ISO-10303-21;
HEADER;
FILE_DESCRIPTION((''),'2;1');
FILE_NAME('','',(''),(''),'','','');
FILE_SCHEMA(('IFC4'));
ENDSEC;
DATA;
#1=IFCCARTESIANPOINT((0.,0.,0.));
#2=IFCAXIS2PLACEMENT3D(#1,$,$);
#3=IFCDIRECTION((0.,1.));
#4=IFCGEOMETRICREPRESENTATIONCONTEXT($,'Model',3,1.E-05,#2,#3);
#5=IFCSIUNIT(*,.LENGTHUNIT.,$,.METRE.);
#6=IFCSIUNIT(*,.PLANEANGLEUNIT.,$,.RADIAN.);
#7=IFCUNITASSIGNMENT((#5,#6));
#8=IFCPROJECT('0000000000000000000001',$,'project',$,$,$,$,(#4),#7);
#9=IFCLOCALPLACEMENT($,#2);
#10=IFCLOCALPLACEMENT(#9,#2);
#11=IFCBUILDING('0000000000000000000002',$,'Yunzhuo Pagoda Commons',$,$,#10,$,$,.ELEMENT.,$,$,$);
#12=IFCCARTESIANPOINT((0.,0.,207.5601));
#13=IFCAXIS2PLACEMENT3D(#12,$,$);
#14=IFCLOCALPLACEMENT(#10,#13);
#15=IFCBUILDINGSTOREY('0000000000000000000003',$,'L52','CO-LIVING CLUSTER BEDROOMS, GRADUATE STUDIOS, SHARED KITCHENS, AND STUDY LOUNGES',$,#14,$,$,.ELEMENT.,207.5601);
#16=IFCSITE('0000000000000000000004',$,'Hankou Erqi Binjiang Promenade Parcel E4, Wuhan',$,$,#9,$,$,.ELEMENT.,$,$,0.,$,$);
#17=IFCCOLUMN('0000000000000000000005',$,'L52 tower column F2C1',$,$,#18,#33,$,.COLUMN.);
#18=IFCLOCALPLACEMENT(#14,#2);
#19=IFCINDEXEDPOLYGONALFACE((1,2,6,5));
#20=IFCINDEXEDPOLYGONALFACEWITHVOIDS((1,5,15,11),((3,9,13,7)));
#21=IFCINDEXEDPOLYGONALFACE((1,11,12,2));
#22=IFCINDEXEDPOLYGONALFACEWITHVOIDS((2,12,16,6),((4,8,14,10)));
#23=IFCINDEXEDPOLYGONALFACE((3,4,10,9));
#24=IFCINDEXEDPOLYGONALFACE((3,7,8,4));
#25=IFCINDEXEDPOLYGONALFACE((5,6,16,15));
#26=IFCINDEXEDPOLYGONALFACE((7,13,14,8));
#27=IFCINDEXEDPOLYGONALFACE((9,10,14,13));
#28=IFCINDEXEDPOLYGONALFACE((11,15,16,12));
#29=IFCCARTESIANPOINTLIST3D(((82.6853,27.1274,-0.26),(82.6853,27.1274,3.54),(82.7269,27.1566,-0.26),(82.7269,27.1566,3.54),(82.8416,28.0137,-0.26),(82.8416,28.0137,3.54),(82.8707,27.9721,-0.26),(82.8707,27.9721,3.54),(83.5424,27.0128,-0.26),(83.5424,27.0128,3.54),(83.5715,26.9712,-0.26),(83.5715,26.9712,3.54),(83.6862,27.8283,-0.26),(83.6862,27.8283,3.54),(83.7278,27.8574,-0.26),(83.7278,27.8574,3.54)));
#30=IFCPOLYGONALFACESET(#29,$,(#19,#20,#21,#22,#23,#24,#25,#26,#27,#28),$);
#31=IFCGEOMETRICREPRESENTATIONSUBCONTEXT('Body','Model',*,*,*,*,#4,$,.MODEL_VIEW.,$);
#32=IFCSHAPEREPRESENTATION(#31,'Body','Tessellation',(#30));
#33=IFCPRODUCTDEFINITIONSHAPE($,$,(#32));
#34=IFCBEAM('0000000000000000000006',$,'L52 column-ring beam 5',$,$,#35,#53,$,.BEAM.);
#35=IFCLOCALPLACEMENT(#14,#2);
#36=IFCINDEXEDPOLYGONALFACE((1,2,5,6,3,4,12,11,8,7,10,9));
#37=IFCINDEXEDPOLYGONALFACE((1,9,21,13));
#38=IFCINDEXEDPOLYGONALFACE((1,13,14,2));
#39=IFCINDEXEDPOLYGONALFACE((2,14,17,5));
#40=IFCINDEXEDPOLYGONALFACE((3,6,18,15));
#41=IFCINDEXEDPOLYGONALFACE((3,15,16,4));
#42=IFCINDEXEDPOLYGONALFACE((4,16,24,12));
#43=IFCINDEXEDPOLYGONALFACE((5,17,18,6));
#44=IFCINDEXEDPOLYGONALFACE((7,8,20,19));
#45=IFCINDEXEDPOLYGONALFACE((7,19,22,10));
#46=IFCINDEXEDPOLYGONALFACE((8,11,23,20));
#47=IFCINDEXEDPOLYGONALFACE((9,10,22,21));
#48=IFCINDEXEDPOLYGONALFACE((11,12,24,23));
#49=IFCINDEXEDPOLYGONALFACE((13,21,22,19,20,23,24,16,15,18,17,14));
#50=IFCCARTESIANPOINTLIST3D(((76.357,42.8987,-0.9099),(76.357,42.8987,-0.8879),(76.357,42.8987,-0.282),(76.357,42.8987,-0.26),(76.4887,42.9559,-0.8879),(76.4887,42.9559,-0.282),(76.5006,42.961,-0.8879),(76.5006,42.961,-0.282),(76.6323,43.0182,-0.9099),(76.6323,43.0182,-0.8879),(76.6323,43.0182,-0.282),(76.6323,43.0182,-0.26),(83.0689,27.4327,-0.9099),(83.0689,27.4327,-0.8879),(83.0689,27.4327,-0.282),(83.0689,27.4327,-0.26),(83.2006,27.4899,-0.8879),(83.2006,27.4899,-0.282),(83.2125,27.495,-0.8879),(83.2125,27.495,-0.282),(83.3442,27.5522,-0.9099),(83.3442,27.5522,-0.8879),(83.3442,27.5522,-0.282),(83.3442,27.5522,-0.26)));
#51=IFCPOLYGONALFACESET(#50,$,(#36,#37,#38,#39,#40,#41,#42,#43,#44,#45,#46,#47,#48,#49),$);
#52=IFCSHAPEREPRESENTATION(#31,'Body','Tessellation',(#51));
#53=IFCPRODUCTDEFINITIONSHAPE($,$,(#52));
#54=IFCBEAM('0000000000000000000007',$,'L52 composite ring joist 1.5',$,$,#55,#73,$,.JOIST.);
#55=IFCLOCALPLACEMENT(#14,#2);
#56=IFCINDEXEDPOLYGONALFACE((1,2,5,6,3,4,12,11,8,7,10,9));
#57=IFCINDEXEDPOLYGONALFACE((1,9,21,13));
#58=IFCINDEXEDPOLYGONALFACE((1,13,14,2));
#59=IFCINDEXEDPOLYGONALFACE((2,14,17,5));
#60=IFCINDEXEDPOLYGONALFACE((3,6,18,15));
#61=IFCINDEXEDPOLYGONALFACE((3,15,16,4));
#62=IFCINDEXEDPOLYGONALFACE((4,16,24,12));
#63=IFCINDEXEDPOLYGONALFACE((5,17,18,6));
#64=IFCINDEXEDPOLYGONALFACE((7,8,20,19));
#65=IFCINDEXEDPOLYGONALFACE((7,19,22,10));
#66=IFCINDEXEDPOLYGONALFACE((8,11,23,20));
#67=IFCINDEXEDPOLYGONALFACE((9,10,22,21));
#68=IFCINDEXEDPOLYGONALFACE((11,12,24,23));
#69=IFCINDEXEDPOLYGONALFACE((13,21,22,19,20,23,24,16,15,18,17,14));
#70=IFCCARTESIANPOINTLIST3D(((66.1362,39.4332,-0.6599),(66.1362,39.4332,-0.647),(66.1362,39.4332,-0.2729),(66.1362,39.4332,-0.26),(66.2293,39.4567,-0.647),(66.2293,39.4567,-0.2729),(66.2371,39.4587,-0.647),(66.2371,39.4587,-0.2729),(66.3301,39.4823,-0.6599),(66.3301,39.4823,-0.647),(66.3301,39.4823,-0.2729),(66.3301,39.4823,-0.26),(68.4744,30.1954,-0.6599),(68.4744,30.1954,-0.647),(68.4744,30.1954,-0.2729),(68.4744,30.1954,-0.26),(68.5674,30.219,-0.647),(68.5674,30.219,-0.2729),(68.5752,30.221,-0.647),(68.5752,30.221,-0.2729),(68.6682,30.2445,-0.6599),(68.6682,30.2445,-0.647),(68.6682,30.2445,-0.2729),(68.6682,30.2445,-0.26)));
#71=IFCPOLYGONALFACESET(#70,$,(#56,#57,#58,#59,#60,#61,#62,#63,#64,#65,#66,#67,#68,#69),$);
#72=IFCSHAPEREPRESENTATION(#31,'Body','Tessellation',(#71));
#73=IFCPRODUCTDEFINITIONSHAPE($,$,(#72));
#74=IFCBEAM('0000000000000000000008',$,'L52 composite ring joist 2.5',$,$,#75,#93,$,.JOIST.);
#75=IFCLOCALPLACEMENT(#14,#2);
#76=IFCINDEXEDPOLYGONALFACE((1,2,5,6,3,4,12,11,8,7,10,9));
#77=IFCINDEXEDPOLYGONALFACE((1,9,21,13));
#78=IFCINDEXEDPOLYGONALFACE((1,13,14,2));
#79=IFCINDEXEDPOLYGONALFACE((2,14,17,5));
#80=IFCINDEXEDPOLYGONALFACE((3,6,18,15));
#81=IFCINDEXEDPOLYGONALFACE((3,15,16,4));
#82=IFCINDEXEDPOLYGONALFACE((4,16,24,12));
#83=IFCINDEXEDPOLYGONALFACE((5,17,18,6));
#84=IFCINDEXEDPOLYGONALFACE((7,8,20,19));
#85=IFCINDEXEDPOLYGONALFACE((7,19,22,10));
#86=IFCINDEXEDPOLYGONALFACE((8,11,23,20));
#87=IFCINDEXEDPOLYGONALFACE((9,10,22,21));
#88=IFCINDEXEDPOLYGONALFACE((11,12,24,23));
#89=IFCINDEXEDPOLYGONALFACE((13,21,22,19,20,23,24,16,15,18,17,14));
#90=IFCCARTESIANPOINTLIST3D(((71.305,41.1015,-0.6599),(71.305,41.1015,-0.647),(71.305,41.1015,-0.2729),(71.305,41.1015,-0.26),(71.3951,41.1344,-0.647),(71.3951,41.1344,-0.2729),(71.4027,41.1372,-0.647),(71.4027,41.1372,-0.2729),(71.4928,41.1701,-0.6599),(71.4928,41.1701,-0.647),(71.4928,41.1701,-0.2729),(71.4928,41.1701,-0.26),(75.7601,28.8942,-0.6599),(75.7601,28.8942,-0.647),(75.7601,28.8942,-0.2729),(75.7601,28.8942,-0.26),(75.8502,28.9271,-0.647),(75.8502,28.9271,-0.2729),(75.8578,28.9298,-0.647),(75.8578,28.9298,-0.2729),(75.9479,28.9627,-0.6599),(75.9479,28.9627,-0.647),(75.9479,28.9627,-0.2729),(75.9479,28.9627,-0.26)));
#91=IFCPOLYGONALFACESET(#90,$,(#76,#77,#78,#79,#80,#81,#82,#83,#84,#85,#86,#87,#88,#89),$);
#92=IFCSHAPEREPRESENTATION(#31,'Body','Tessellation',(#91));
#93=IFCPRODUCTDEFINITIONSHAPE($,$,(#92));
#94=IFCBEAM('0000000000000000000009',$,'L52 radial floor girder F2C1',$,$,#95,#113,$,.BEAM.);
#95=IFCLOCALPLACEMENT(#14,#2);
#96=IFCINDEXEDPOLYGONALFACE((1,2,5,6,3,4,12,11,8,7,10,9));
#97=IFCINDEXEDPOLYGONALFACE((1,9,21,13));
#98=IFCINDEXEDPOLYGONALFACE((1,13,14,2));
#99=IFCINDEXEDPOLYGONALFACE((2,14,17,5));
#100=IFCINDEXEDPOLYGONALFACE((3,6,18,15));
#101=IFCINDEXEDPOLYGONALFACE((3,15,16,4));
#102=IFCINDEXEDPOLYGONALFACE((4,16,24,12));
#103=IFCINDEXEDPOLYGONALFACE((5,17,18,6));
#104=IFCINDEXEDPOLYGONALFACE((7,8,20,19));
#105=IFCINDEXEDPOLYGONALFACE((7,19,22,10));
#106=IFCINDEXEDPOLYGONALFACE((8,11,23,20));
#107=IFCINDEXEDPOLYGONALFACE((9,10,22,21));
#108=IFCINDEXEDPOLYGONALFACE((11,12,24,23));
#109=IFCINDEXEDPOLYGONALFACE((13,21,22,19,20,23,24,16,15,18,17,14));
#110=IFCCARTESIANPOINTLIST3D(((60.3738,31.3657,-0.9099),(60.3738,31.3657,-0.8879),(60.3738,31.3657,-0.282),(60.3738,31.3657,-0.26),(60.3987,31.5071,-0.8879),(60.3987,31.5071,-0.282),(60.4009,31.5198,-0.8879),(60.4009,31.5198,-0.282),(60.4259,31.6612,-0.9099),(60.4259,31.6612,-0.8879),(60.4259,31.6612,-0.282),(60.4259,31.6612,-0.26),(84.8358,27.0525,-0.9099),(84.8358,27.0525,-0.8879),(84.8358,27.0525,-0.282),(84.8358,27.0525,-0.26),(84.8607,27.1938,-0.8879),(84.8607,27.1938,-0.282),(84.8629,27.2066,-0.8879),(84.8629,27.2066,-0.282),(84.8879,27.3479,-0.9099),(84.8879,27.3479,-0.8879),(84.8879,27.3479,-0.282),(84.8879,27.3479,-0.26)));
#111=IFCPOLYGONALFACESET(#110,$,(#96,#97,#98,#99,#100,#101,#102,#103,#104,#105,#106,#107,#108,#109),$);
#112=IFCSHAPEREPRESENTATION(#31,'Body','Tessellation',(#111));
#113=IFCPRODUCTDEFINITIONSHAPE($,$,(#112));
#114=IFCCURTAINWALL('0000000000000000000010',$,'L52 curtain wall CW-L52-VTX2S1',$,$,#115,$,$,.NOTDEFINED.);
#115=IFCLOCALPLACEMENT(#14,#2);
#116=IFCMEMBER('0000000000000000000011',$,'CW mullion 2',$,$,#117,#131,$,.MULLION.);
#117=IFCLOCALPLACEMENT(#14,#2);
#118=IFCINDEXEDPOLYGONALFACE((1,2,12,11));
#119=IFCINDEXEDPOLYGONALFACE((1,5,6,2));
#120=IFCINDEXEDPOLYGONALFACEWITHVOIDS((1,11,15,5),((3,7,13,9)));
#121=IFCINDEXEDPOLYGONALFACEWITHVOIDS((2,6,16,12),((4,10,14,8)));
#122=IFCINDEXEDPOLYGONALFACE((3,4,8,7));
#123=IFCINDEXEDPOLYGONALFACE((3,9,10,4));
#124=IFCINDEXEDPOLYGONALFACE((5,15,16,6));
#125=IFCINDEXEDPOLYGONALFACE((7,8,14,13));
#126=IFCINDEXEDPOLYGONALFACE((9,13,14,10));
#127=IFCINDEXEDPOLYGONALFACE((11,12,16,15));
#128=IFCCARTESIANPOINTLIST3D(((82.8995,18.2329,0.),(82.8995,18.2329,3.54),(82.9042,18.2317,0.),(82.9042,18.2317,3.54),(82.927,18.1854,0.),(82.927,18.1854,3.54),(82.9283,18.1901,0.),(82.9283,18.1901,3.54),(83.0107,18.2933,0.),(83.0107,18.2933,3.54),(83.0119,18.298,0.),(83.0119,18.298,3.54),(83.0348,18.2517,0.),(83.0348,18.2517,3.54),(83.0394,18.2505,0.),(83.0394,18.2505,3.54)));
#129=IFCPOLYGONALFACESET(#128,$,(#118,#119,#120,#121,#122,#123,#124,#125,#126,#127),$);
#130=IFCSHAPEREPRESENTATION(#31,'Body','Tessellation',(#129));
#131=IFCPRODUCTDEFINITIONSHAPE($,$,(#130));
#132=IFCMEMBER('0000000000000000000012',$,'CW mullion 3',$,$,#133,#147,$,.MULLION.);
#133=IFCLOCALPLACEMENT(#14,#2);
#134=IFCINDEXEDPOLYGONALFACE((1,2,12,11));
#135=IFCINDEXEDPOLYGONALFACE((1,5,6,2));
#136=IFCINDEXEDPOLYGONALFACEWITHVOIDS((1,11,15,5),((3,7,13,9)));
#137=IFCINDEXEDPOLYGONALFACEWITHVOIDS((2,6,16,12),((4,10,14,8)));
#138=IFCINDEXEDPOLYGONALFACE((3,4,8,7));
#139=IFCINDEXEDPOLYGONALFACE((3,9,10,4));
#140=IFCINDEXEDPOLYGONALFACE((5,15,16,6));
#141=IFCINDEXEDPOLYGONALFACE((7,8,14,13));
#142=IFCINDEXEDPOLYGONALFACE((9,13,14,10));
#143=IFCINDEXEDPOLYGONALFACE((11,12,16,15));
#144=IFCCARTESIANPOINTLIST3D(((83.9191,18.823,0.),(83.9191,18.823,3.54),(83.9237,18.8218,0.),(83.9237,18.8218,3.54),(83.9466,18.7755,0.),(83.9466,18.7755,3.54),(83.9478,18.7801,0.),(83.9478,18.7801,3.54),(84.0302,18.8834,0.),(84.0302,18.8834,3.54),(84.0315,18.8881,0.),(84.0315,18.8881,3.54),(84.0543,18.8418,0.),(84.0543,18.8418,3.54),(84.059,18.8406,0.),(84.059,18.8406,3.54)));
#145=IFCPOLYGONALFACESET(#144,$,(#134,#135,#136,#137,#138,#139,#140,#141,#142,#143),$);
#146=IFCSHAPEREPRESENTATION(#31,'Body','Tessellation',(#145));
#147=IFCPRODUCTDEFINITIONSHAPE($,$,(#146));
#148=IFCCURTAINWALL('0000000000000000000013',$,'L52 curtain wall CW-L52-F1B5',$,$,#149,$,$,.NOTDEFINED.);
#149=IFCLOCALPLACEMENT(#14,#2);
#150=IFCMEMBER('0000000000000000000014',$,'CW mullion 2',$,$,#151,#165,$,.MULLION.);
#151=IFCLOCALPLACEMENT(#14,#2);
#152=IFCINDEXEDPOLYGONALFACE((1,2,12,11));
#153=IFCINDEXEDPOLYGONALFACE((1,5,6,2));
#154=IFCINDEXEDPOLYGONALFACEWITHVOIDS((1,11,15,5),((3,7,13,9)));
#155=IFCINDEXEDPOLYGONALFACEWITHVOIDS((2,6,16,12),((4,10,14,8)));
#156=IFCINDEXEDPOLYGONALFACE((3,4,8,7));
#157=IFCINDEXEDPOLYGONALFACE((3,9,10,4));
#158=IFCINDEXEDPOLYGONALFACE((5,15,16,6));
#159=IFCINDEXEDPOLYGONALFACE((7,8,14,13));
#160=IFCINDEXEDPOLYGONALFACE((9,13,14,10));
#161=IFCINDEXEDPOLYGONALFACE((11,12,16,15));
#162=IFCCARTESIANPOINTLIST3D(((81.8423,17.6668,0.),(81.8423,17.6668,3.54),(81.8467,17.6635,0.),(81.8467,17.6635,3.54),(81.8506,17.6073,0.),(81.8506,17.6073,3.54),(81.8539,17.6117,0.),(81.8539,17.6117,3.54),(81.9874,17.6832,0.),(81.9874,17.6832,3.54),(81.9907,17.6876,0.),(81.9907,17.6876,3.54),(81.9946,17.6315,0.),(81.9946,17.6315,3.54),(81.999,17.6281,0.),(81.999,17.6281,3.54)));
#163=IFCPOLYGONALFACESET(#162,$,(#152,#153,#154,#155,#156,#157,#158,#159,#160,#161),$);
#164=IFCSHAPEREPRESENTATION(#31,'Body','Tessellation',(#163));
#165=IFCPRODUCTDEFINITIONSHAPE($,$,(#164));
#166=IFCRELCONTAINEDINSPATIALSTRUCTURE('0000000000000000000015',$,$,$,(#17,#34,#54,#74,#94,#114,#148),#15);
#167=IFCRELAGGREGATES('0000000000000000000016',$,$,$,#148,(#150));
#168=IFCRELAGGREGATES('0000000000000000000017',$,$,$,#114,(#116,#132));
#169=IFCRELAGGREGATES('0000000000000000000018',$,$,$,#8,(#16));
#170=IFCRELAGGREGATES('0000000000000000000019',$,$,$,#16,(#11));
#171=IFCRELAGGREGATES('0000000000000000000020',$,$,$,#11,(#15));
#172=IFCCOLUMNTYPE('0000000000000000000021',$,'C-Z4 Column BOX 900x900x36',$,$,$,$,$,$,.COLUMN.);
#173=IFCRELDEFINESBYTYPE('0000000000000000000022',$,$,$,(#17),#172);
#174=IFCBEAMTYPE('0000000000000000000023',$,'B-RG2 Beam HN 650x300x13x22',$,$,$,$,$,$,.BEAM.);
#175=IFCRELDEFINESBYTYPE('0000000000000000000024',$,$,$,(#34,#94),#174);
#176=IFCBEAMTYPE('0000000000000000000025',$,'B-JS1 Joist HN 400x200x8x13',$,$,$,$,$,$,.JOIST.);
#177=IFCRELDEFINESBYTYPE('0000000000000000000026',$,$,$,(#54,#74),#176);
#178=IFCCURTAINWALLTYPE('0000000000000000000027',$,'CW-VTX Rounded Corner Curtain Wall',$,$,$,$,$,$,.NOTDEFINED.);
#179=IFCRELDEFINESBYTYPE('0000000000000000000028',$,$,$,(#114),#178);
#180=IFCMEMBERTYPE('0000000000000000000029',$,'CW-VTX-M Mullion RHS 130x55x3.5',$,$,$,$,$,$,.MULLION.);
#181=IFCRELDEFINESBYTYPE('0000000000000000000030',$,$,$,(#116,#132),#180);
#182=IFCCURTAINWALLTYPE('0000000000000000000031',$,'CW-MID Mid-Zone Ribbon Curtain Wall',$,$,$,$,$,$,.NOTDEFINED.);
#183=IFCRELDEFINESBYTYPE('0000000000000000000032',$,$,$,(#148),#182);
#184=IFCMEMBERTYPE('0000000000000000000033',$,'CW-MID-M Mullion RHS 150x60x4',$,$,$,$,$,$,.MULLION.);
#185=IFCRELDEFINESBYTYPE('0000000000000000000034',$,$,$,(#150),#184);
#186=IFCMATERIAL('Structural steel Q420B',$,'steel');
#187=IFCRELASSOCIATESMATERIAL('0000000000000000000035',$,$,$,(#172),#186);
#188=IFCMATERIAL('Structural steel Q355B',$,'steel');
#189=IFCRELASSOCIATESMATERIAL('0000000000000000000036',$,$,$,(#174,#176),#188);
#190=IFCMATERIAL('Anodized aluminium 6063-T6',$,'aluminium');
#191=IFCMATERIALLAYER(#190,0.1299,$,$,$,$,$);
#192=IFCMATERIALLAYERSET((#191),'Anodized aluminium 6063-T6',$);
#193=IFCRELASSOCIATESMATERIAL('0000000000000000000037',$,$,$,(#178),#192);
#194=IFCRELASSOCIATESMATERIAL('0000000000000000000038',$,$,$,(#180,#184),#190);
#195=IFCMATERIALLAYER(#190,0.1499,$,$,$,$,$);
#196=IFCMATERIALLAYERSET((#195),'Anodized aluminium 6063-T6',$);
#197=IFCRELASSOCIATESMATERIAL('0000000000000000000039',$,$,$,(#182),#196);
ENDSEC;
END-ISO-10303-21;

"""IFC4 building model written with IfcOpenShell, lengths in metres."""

from ifc_helpers import new_model, si_unit, direction, frame, origin, origin_2d, place, context, subcontext, project, spatial, hollow_rectangle, i_section, extrude, source, transform, mapped, material, layer, layer_set, material_profile, profile_set, type_object, element, aggregate, save


model = new_model("IFC4")

# Units and contexts
model_context = context("Model", 3, precision=1e-05, world=origin(), true_north=direction((0.0, 1.0)))
body_context = subcontext(model_context, "Body", "Model", "MODEL_VIEW")
ifc_project = project(units=[si_unit("LENGTHUNIT", "METRE"), si_unit("PLANEANGLEUNIT", "RADIAN")], contexts=[model_context])

# Site, building, storey
site_placement = place(None, origin())
site = spatial("IfcSite", under=ifc_project, at=site_placement, Name="Hankou Erqi Binjiang Promenade Parcel E4, Wuhan", CompositionType="ELEMENT", RefElevation=0.0)
building_placement = place(site_placement, origin())
building = spatial("IfcBuilding", under=site, at=building_placement, Name="Yunzhuo Pagoda Commons", CompositionType="ELEMENT")
storey_placement = place(building_placement, frame((0.0, 0.0, 207.5601)))
storey = spatial("IfcBuildingStorey", under=building, at=storey_placement, Name="L52", Description="CO-LIVING CLUSTER BEDROOMS, GRADUATE STUDIOS, SHARED KITCHENS, AND STUDY LOUNGES", CompositionType="ELEMENT", Elevation=207.5601)

# Column
ifc_material_1 = material(Name="Structural steel Q420B", Category="steel")
ifc_material_profile_1 = material_profile(ifc_material_1, hollow_rectangle(XDim=0.8999, YDim=0.8999, WallThickness=0.0359, at=origin_2d()), Name="Structural steel Q420B")
ifc_profile_set_1 = profile_set([ifc_material_profile_1], Name="Structural steel Q420B")
column_type = type_object("IfcColumnType", Name="C-Z4 Column BOX 900x900x36", PredefinedType="COLUMN", material=ifc_profile_set_1)
shared_shape_1 = source(origin(), body_context, "Body", "SweptSolid", [
    extrude(hollow_rectangle(XDim=0.8999, YDim=0.8999, WallThickness=0.0359, at=origin_2d()), origin(), (0.0, 0.0, 1.0), 3.8),
])
column_placement = place(storey_placement, frame((83.2065, 27.4924, -0.26), z_axis=(0.0, 0.0, 1.0), x_axis=(0.173648, 0.984808, 0.0)))
element("IfcColumn", 1, at=column_placement, inside=storey, type_object=column_type, Name="L52 tower column F2C1", PredefinedType="COLUMN", context=body_context, shape_type="MappedRepresentation", body=[
    mapped(shared_shape_1, transform((0.0, 0.0, 0.0), scale=1.0)),
])

# Beams
ifc_material_2 = material(Name="Structural steel Q355B", Category="steel")
ifc_material_profile_2 = material_profile(ifc_material_2, i_section(OverallWidth=0.3, OverallDepth=0.6499, WebThickness=0.0129, FlangeThickness=0.022, at=origin_2d()), Name="Structural steel Q355B")
ifc_profile_set_2 = profile_set([ifc_material_profile_2], Name="Structural steel Q355B")
beam_type_1 = type_object("IfcBeamType", Name="B-RG2 Beam HN 650x300x13x22", PredefinedType="BEAM", material=ifc_profile_set_2)
shared_shape_2 = source(origin(), body_context, "Body", "SweptSolid", [
    extrude(i_section(OverallWidth=0.3, OverallDepth=0.6499, WebThickness=0.0129, FlangeThickness=0.022, at=origin_2d()), origin(), (0.0, 0.0, 1.0), 16.8596),
])
beam_1_placement = place(storey_placement, frame((83.2065, 27.4924, -0.585), z_axis=(-0.398104, 0.91734, 0.0), x_axis=(-0.91734, -0.398104, 0.0)))
element("IfcBeam", 2, at=beam_1_placement, inside=storey, type_object=beam_type_1, Name="L52 column-ring beam 5", PredefinedType="BEAM", context=body_context, shape_type="MappedRepresentation", body=[
    mapped(shared_shape_2, transform((0.0, 0.0, 0.0), scale=1.0)),
])
ifc_material_profile_3 = material_profile(ifc_material_2, i_section(OverallWidth=0.2, OverallDepth=0.3999, WebThickness=0.0081, FlangeThickness=0.0129, at=origin_2d()), Name="Structural steel Q355B")
ifc_profile_set_3 = profile_set([ifc_material_profile_3], Name="Structural steel Q355B")
beam_type_2 = type_object("IfcBeamType", Name="B-JS1 Joist HN 400x200x8x13", PredefinedType="JOIST", material=ifc_profile_set_3)
shared_shape_3 = source(origin(), body_context, "Body", "SweptSolid", [
    extrude(i_section(OverallWidth=0.2, OverallDepth=0.3999, WebThickness=0.0081, FlangeThickness=0.0129, at=origin_2d()), origin(), (0.0, 0.0, 1.0), 9.5291),
])
beam_2_placement = place(storey_placement, frame((68.5713, 30.22, -0.46), z_axis=(-0.245368, 0.96943, 0.0), x_axis=(-0.96943, -0.245368, 0.0)))
element("IfcBeam", 3, at=beam_2_placement, inside=storey, type_object=beam_type_2, Name="L52 composite ring joist 1.5", PredefinedType="JOIST", context=body_context, shape_type="MappedRepresentation", body=[
    mapped(shared_shape_3, transform((0.0, 0.0, 0.0), scale=1.0)),
])
shared_shape_4 = source(origin(), body_context, "Body", "SweptSolid", [
    extrude(i_section(OverallWidth=0.2, OverallDepth=0.3999, WebThickness=0.0081, FlangeThickness=0.0129, at=origin_2d()), origin(), (0.0, 0.0, 1.0), 12.9949),
])
beam_3_placement = place(storey_placement, frame((75.854, 28.9285, -0.46), z_axis=(-0.342835, 0.939396, 0.0), x_axis=(-0.939396, -0.342835, 0.0)))
element("IfcBeam", 4, at=beam_3_placement, inside=storey, type_object=beam_type_2, Name="L52 composite ring joist 2.5", PredefinedType="JOIST", context=body_context, shape_type="MappedRepresentation", body=[
    mapped(shared_shape_4, transform((0.0, 0.0, 0.0), scale=1.0)),
])
shared_shape_5 = source(origin(), body_context, "Body", "SweptSolid", [
    extrude(i_section(OverallWidth=0.3, OverallDepth=0.6499, WebThickness=0.0129, FlangeThickness=0.022, at=origin_2d()), origin(), (0.0, 0.0, 1.0), 24.8394),
])
beam_4_placement = place(storey_placement, frame((84.8618, 27.2002, -0.585), z_axis=(-0.984808, 0.173646, 0.0), x_axis=(-0.173646, -0.984808, 0.0)))
element("IfcBeam", 5, at=beam_4_placement, inside=storey, type_object=beam_type_1, Name="L52 radial floor girder F2C1", PredefinedType="BEAM", context=body_context, shape_type="MappedRepresentation", body=[
    mapped(shared_shape_5, transform((0.0, 0.0, 0.0), scale=1.0)),
])

# Curtain walls, members
ifc_material_3 = material(Name="Anodized aluminium 6063-T6", Category="aluminium")
ifc_layer_1 = layer(ifc_material_3, 0.1299)
ifc_layer_set_1 = layer_set([ifc_layer_1], Name="Anodized aluminium 6063-T6")
curtain_wall_type_1 = type_object("IfcCurtainWallType", Name="CW-VTX Rounded Corner Curtain Wall", PredefinedType="NOTDEFINED", material=ifc_layer_set_1)
curtain_wall_1_placement = place(storey_placement, origin())
curtain_wall_1 = element("IfcCurtainWall", 6, at=curtain_wall_1_placement, inside=storey, type_object=curtain_wall_type_1, Name="L52 curtain wall CW-L52-VTX2S1", PredefinedType="NOTDEFINED")
ifc_material_profile_4 = material_profile(ifc_material_3, hollow_rectangle(XDim=0.0549, YDim=0.1299, WallThickness=0.0034, at=origin_2d()), Name="Anodized aluminium 6063-T6")
ifc_profile_set_4 = profile_set([ifc_material_profile_4], Name="Anodized aluminium 6063-T6")
member_type_1 = type_object("IfcMemberType", Name="CW-VTX-M Mullion RHS 130x55x3.5", PredefinedType="MULLION", material=ifc_profile_set_4)
shared_shape_6 = source(origin(), body_context, "Body", "SweptSolid", [
    extrude(hollow_rectangle(XDim=0.0549, YDim=0.1299, WallThickness=0.0034, at=origin_2d()), origin(), (0.0, 0.0, 1.0), 3.54),
])
member_1_placement = place(storey_placement, frame((82.9695, 18.2417, 0.0), z_axis=(0.0, 0.0, 1.0), x_axis=(-0.501037, 0.865426, 0.0)))
member_1 = element("IfcMember", 7, at=member_1_placement, type_object=member_type_1, Name="CW mullion 2", PredefinedType="MULLION", context=body_context, shape_type="MappedRepresentation", body=[
    mapped(shared_shape_6, transform((0.0, 0.0, 0.0), scale=1.0)),
])
member_2_placement = place(storey_placement, frame((83.989, 18.8318, 0.0), z_axis=(0.0, 0.0, 1.0), x_axis=(-0.501037, 0.865426, 0.0)))
member_2 = element("IfcMember", 8, at=member_2_placement, type_object=member_type_1, Name="CW mullion 3", PredefinedType="MULLION", context=body_context, shape_type="MappedRepresentation", body=[
    mapped(shared_shape_6, transform((0.0, 0.0, 0.0), scale=1.0)),
])
ifc_layer_2 = layer(ifc_material_3, 0.1499)
ifc_layer_set_2 = layer_set([ifc_layer_2], Name="Anodized aluminium 6063-T6")
curtain_wall_type_2 = type_object("IfcCurtainWallType", Name="CW-MID Mid-Zone Ribbon Curtain Wall", PredefinedType="NOTDEFINED", material=ifc_layer_set_2)
curtain_wall_2_placement = place(storey_placement, origin())
curtain_wall_2 = element("IfcCurtainWall", 9, at=curtain_wall_2_placement, inside=storey, type_object=curtain_wall_type_2, Name="L52 curtain wall CW-L52-F1B5", PredefinedType="NOTDEFINED")
ifc_material_profile_5 = material_profile(ifc_material_3, hollow_rectangle(XDim=0.0601, YDim=0.1499, WallThickness=0.0039, at=origin_2d()), Name="Anodized aluminium 6063-T6")
ifc_profile_set_5 = profile_set([ifc_material_profile_5], Name="Anodized aluminium 6063-T6")
member_type_2 = type_object("IfcMemberType", Name="CW-MID-M Mullion RHS 150x60x4", PredefinedType="MULLION", material=ifc_profile_set_5)
shared_shape_7 = source(origin(), body_context, "Body", "SweptSolid", [
    extrude(hollow_rectangle(XDim=0.0601, YDim=0.1499, WallThickness=0.0039, at=origin_2d()), origin(), (0.0, 0.0, 1.0), 3.54),
])
member_3_placement = place(storey_placement, frame((81.9207, 17.6475, 0.0), z_axis=(0.0, 0.0, 1.0), x_axis=(-0.138819, 0.990318, 0.0)))
member_3 = element("IfcMember", 10, at=member_3_placement, type_object=member_type_2, Name="CW mullion 2", PredefinedType="MULLION", context=body_context, shape_type="MappedRepresentation", body=[
    mapped(shared_shape_7, transform((0.0, 0.0, 0.0), scale=1.0)),
])

aggregate(curtain_wall_2, [member_3])
aggregate(curtain_wall_1, [member_1, member_2])

save(model, "model.ifc")
